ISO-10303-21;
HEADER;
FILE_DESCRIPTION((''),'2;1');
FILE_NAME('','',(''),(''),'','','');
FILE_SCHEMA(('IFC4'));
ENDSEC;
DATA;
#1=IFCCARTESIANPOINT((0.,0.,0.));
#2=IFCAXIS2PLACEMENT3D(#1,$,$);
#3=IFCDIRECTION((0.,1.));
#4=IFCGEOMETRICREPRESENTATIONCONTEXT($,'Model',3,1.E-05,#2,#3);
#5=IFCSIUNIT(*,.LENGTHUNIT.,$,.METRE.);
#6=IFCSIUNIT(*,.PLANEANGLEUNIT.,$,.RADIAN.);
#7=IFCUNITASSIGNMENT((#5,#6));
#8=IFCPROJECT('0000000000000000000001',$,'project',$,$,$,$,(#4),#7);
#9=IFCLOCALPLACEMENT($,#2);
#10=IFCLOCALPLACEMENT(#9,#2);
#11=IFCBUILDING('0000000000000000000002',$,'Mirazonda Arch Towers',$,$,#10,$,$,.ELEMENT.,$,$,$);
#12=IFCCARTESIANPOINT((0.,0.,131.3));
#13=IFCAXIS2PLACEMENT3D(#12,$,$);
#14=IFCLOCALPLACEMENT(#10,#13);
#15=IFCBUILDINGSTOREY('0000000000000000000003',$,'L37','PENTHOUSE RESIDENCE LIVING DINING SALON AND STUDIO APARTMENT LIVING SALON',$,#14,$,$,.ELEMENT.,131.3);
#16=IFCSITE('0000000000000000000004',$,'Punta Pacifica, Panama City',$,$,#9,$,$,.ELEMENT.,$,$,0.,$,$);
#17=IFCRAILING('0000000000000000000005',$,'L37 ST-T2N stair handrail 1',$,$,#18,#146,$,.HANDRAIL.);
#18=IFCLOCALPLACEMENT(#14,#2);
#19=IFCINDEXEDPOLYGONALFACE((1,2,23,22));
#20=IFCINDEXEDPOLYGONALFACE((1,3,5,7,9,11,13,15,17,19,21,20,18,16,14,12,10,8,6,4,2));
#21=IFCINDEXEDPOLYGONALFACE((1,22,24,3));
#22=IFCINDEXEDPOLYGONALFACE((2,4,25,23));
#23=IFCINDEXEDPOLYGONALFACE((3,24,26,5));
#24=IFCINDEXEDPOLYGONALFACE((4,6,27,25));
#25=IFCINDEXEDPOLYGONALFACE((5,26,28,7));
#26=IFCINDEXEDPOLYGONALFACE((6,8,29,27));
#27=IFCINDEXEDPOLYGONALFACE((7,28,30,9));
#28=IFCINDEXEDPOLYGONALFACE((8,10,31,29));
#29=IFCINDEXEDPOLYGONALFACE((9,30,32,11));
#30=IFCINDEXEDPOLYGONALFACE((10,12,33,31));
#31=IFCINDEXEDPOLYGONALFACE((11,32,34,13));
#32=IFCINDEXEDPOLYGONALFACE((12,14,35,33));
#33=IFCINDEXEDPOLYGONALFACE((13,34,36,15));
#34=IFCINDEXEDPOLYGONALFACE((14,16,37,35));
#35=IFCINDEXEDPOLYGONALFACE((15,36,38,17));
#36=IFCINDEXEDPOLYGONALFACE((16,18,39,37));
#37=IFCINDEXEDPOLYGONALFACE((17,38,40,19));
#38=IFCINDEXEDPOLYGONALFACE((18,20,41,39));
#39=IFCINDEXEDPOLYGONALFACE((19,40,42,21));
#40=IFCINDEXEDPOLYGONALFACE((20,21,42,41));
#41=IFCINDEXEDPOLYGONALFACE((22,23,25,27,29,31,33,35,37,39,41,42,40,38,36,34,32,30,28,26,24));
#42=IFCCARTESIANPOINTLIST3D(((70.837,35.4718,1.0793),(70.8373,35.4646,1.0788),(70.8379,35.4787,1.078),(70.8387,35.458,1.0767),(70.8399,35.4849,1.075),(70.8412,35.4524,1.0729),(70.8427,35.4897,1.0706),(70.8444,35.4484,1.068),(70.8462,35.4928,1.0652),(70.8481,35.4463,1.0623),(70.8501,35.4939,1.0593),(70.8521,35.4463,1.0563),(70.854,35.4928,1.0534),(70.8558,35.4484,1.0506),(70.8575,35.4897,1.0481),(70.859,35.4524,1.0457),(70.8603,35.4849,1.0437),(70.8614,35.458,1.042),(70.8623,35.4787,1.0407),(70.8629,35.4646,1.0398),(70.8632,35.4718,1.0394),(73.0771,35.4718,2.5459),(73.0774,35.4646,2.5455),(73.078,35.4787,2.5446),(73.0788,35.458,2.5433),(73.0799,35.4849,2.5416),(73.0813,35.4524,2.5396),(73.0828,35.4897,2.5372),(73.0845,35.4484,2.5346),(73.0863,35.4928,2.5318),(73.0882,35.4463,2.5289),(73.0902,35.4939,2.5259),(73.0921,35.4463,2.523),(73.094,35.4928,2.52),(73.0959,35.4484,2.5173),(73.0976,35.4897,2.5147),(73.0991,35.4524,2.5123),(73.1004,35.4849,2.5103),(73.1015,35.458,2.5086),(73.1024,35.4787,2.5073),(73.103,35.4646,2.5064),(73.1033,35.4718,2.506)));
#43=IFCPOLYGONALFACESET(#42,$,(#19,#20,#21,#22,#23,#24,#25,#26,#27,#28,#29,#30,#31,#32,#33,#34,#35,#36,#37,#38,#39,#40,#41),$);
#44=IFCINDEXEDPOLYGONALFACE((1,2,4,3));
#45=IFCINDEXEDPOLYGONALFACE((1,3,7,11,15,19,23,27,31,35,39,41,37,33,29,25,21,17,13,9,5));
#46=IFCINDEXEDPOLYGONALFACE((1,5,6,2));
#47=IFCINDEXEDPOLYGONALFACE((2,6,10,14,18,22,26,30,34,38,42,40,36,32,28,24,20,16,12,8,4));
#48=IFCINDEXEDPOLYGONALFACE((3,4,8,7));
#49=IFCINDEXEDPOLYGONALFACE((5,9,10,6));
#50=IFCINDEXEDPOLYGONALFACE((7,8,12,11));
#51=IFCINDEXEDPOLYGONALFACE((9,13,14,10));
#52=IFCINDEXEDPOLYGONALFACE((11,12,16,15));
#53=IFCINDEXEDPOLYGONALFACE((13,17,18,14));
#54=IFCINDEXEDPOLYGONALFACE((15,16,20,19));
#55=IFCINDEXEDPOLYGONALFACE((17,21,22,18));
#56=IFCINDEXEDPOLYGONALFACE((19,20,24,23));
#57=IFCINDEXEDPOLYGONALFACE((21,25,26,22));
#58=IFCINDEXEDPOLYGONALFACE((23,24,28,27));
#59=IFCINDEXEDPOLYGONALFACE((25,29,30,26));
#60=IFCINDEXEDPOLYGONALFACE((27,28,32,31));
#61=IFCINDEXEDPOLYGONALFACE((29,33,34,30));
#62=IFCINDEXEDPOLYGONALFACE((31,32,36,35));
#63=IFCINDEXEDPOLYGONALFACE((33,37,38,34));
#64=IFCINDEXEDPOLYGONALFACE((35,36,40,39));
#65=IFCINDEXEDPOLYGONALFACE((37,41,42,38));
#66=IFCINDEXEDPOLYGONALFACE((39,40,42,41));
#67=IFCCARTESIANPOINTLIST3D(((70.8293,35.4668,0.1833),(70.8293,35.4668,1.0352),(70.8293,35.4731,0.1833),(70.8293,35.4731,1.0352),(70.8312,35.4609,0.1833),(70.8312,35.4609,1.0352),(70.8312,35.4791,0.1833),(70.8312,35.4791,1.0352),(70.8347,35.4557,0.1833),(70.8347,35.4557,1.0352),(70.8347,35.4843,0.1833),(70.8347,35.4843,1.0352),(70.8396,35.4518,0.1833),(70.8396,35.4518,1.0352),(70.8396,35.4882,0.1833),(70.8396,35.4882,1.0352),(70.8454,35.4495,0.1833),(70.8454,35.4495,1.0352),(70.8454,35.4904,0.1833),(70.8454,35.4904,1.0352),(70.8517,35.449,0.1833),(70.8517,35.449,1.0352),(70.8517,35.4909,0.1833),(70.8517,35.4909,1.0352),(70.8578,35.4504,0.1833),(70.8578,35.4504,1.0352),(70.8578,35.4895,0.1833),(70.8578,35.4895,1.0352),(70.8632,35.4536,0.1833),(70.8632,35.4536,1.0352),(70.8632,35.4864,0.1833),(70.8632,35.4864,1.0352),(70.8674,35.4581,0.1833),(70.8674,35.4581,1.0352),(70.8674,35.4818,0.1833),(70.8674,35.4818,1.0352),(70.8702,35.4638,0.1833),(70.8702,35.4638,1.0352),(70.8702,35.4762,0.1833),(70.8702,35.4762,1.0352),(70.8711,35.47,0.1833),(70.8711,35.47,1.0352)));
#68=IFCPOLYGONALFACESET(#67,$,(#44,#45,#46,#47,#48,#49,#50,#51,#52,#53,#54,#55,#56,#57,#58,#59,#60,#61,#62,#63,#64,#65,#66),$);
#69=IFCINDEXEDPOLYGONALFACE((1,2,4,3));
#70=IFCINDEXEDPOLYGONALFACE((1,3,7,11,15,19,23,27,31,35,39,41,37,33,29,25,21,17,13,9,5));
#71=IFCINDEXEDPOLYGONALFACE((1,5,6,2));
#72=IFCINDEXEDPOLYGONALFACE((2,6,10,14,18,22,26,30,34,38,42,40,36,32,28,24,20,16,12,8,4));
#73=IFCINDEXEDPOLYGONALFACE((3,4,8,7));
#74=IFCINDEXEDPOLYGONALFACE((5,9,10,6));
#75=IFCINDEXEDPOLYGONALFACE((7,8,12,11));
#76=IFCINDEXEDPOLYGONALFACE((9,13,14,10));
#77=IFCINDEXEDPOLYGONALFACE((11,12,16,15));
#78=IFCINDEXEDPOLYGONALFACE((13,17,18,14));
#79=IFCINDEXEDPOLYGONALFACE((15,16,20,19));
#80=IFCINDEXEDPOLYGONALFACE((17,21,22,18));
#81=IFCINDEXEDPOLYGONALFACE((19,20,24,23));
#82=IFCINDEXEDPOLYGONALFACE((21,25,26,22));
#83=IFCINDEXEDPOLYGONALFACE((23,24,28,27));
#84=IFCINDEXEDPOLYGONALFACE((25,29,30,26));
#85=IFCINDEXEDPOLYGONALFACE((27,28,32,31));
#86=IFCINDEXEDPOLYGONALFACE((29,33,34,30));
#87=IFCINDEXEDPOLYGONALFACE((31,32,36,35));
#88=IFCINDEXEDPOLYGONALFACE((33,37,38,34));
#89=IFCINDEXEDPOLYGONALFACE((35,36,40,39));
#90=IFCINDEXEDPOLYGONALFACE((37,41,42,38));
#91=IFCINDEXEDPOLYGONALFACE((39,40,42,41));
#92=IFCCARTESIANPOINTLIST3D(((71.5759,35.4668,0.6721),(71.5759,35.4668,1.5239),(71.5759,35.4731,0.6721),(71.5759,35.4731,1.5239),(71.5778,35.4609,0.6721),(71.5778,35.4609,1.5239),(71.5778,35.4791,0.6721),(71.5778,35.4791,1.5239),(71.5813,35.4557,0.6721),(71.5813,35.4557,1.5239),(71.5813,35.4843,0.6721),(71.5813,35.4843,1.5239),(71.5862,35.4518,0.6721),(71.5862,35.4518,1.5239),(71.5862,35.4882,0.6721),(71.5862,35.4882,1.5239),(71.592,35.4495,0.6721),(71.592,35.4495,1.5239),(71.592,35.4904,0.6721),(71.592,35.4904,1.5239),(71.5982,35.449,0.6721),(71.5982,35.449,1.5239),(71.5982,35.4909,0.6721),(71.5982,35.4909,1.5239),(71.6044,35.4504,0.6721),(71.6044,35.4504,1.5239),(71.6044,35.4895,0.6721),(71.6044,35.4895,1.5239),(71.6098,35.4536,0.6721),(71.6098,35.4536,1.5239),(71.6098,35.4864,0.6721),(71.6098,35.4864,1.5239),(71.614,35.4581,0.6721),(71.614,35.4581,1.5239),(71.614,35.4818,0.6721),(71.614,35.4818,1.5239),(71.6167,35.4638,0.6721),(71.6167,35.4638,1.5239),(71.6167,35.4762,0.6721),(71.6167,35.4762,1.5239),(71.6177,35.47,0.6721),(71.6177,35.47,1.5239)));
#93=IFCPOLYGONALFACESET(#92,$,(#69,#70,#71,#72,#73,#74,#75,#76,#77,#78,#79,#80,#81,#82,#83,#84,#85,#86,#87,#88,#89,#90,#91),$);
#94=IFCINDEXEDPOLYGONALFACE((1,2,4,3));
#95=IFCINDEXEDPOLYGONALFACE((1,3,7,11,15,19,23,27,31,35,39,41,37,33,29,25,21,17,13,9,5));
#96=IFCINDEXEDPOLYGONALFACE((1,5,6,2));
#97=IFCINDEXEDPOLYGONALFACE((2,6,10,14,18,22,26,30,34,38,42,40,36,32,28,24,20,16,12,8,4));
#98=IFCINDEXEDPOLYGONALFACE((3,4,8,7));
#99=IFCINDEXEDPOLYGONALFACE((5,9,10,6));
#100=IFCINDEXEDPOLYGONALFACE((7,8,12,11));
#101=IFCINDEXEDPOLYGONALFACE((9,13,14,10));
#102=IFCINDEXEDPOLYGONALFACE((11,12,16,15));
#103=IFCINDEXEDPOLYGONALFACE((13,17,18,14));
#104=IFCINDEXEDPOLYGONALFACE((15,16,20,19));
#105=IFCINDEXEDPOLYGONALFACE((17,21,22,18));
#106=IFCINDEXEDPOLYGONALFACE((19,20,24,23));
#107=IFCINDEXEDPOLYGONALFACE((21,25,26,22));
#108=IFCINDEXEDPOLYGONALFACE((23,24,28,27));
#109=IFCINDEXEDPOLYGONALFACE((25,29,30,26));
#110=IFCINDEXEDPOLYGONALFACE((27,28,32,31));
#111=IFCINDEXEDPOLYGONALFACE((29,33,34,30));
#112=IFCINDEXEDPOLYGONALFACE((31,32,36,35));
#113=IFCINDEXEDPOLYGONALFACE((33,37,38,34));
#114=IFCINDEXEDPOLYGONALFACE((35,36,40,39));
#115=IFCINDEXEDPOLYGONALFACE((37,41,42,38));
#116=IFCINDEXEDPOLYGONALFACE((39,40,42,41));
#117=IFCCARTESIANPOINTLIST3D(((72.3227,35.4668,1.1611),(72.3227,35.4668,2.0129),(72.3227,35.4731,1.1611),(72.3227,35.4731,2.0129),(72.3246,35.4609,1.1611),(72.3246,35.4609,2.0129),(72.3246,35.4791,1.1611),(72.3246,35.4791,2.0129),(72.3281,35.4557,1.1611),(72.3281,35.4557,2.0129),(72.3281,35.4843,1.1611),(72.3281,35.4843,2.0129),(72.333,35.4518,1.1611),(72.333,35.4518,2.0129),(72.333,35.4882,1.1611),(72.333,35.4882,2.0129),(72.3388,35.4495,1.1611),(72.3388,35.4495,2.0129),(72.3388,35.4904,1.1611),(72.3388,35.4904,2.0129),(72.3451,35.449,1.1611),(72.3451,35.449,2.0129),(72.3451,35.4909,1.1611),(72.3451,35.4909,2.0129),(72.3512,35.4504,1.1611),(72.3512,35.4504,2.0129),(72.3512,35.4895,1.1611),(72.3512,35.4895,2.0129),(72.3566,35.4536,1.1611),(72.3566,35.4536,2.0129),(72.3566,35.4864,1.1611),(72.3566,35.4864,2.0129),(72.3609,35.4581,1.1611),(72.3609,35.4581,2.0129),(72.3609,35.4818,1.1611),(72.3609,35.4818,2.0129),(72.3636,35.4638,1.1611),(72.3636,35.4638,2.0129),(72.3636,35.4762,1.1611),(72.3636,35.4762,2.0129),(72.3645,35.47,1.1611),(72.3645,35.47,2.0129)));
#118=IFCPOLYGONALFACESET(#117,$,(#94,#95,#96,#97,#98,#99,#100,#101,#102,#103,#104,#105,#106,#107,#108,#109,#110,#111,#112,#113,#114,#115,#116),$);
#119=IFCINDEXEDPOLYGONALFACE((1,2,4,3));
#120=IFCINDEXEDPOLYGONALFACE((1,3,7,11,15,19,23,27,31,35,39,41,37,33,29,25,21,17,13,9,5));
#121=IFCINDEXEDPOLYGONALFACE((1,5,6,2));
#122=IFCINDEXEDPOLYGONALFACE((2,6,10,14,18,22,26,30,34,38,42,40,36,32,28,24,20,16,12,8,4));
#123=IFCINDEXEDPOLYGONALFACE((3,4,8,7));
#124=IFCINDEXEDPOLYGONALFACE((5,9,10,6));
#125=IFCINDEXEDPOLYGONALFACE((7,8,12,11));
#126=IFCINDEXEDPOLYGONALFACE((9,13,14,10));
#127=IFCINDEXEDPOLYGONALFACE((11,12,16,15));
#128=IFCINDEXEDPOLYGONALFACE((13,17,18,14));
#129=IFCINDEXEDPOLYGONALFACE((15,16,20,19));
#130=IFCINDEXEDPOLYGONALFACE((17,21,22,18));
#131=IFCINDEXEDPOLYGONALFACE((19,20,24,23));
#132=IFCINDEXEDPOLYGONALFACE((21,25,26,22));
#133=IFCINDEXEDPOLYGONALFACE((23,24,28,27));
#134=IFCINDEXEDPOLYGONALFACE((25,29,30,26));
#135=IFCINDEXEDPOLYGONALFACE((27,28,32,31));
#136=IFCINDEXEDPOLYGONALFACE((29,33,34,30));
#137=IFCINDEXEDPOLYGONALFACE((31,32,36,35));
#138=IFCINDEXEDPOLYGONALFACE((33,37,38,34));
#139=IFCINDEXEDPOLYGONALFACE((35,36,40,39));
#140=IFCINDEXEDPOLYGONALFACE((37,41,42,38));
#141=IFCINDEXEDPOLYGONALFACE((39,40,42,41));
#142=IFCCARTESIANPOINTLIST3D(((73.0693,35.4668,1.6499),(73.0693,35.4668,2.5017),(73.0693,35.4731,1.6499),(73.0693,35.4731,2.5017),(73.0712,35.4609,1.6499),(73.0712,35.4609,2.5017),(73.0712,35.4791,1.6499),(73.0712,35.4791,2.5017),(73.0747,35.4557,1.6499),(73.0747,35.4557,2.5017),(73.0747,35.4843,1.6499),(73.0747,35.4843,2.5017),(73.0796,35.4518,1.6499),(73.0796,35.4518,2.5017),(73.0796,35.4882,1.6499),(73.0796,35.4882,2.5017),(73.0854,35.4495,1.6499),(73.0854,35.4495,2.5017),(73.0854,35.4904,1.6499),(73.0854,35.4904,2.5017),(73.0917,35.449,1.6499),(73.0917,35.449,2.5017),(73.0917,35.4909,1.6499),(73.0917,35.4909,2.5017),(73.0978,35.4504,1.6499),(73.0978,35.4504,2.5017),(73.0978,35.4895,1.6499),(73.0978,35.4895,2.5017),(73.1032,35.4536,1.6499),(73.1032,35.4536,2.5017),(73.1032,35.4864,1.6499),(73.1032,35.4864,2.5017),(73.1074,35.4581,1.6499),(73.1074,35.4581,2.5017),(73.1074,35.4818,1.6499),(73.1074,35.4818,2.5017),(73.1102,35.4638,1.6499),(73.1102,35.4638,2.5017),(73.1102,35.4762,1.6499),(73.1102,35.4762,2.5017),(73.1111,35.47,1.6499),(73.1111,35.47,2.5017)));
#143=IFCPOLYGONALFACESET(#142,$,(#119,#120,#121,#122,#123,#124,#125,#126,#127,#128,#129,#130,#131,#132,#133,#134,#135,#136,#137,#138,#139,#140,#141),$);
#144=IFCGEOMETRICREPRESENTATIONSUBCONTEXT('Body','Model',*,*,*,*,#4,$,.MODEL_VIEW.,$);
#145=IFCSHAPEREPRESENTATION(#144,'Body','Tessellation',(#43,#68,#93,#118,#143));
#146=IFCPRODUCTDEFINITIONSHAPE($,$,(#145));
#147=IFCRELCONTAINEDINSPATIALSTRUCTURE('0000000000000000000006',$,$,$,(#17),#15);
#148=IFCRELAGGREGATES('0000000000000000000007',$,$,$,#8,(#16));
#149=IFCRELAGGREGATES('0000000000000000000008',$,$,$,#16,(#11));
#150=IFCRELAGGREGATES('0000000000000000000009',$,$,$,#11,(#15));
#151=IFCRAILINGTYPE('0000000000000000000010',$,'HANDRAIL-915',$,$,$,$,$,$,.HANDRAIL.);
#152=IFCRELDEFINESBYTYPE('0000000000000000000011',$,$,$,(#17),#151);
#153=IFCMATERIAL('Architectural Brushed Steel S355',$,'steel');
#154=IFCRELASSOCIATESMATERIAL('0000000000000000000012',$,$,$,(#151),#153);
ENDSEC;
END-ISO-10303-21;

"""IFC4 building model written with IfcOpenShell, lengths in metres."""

from ifc_helpers import new_model, si_unit, direction, frame, origin, origin_2d, place, context, subcontext, project, spatial, circle, extrude, material, type_object, element, save


model = new_model("IFC4")

# Units and contexts
model_context = context("Model", 3, precision=1e-05, world=origin(), true_north=direction((0.0, 1.0)))
body_context = subcontext(model_context, "Body", "Model", "MODEL_VIEW")
ifc_project = project(units=[si_unit("LENGTHUNIT", "METRE"), si_unit("PLANEANGLEUNIT", "RADIAN")], contexts=[model_context])

# Site, building, storey
site_placement = place(None, origin())
site = spatial("IfcSite", under=ifc_project, at=site_placement, Name="Punta Pacifica, Panama City", CompositionType="ELEMENT", RefElevation=0.0)
building_placement = place(site_placement, origin())
building = spatial("IfcBuilding", under=site, at=building_placement, Name="Mirazonda Arch Towers", CompositionType="ELEMENT")
storey_placement = place(building_placement, frame((0.0, 0.0, 131.3)))
storey = spatial("IfcBuildingStorey", under=building, at=storey_placement, Name="L37", Description="PENTHOUSE RESIDENCE LIVING DINING SALON AND STUDIO APARTMENT LIVING SALON", CompositionType="ELEMENT", Elevation=131.3)

# Shared definitions
ifc_material_1 = material(Name="Architectural Brushed Steel S355", Category="steel")

# Railing
railing_type_1 = type_object("IfcRailingType", Name="HANDRAIL-915", PredefinedType="HANDRAIL", material=ifc_material_1)
railing_1_placement = place(storey_placement, frame((70.8501, 35.47, 0.1833)))
element("IfcRailing", 1, at=railing_1_placement, inside=storey, type_object=railing_type_1, Name="L37 ST-T2N stair handrail 1", PredefinedType="HANDRAIL", context=body_context, shape_type="SweptSolid", body=[
    extrude(circle(Radius=0.0239, at=origin_2d()), frame((0.0, 0.0, 0.876), z_axis=(0.836637, 0.0, 0.547758), x_axis=(0.0, 1.0, 0.0)), (0.0, 0.0, 1.0), 2.6775),
    extrude(circle(Radius=0.021, at=origin_2d()), origin(), (0.0, 0.0, 1.0), 0.8518),
    extrude(circle(Radius=0.021, at=origin_2d()), frame((0.7466, 0.0, 0.4888)), (0.0, 0.0, 1.0), 0.8518),
    extrude(circle(Radius=0.021, at=origin_2d()), frame((1.4934, 0.0, 0.9778)), (0.0, 0.0, 1.0), 0.8518),
    extrude(circle(Radius=0.021, at=origin_2d()), frame((2.24, 0.0, 1.4666)), (0.0, 0.0, 1.0), 0.8518),
])

save(model, "model.ifc")
